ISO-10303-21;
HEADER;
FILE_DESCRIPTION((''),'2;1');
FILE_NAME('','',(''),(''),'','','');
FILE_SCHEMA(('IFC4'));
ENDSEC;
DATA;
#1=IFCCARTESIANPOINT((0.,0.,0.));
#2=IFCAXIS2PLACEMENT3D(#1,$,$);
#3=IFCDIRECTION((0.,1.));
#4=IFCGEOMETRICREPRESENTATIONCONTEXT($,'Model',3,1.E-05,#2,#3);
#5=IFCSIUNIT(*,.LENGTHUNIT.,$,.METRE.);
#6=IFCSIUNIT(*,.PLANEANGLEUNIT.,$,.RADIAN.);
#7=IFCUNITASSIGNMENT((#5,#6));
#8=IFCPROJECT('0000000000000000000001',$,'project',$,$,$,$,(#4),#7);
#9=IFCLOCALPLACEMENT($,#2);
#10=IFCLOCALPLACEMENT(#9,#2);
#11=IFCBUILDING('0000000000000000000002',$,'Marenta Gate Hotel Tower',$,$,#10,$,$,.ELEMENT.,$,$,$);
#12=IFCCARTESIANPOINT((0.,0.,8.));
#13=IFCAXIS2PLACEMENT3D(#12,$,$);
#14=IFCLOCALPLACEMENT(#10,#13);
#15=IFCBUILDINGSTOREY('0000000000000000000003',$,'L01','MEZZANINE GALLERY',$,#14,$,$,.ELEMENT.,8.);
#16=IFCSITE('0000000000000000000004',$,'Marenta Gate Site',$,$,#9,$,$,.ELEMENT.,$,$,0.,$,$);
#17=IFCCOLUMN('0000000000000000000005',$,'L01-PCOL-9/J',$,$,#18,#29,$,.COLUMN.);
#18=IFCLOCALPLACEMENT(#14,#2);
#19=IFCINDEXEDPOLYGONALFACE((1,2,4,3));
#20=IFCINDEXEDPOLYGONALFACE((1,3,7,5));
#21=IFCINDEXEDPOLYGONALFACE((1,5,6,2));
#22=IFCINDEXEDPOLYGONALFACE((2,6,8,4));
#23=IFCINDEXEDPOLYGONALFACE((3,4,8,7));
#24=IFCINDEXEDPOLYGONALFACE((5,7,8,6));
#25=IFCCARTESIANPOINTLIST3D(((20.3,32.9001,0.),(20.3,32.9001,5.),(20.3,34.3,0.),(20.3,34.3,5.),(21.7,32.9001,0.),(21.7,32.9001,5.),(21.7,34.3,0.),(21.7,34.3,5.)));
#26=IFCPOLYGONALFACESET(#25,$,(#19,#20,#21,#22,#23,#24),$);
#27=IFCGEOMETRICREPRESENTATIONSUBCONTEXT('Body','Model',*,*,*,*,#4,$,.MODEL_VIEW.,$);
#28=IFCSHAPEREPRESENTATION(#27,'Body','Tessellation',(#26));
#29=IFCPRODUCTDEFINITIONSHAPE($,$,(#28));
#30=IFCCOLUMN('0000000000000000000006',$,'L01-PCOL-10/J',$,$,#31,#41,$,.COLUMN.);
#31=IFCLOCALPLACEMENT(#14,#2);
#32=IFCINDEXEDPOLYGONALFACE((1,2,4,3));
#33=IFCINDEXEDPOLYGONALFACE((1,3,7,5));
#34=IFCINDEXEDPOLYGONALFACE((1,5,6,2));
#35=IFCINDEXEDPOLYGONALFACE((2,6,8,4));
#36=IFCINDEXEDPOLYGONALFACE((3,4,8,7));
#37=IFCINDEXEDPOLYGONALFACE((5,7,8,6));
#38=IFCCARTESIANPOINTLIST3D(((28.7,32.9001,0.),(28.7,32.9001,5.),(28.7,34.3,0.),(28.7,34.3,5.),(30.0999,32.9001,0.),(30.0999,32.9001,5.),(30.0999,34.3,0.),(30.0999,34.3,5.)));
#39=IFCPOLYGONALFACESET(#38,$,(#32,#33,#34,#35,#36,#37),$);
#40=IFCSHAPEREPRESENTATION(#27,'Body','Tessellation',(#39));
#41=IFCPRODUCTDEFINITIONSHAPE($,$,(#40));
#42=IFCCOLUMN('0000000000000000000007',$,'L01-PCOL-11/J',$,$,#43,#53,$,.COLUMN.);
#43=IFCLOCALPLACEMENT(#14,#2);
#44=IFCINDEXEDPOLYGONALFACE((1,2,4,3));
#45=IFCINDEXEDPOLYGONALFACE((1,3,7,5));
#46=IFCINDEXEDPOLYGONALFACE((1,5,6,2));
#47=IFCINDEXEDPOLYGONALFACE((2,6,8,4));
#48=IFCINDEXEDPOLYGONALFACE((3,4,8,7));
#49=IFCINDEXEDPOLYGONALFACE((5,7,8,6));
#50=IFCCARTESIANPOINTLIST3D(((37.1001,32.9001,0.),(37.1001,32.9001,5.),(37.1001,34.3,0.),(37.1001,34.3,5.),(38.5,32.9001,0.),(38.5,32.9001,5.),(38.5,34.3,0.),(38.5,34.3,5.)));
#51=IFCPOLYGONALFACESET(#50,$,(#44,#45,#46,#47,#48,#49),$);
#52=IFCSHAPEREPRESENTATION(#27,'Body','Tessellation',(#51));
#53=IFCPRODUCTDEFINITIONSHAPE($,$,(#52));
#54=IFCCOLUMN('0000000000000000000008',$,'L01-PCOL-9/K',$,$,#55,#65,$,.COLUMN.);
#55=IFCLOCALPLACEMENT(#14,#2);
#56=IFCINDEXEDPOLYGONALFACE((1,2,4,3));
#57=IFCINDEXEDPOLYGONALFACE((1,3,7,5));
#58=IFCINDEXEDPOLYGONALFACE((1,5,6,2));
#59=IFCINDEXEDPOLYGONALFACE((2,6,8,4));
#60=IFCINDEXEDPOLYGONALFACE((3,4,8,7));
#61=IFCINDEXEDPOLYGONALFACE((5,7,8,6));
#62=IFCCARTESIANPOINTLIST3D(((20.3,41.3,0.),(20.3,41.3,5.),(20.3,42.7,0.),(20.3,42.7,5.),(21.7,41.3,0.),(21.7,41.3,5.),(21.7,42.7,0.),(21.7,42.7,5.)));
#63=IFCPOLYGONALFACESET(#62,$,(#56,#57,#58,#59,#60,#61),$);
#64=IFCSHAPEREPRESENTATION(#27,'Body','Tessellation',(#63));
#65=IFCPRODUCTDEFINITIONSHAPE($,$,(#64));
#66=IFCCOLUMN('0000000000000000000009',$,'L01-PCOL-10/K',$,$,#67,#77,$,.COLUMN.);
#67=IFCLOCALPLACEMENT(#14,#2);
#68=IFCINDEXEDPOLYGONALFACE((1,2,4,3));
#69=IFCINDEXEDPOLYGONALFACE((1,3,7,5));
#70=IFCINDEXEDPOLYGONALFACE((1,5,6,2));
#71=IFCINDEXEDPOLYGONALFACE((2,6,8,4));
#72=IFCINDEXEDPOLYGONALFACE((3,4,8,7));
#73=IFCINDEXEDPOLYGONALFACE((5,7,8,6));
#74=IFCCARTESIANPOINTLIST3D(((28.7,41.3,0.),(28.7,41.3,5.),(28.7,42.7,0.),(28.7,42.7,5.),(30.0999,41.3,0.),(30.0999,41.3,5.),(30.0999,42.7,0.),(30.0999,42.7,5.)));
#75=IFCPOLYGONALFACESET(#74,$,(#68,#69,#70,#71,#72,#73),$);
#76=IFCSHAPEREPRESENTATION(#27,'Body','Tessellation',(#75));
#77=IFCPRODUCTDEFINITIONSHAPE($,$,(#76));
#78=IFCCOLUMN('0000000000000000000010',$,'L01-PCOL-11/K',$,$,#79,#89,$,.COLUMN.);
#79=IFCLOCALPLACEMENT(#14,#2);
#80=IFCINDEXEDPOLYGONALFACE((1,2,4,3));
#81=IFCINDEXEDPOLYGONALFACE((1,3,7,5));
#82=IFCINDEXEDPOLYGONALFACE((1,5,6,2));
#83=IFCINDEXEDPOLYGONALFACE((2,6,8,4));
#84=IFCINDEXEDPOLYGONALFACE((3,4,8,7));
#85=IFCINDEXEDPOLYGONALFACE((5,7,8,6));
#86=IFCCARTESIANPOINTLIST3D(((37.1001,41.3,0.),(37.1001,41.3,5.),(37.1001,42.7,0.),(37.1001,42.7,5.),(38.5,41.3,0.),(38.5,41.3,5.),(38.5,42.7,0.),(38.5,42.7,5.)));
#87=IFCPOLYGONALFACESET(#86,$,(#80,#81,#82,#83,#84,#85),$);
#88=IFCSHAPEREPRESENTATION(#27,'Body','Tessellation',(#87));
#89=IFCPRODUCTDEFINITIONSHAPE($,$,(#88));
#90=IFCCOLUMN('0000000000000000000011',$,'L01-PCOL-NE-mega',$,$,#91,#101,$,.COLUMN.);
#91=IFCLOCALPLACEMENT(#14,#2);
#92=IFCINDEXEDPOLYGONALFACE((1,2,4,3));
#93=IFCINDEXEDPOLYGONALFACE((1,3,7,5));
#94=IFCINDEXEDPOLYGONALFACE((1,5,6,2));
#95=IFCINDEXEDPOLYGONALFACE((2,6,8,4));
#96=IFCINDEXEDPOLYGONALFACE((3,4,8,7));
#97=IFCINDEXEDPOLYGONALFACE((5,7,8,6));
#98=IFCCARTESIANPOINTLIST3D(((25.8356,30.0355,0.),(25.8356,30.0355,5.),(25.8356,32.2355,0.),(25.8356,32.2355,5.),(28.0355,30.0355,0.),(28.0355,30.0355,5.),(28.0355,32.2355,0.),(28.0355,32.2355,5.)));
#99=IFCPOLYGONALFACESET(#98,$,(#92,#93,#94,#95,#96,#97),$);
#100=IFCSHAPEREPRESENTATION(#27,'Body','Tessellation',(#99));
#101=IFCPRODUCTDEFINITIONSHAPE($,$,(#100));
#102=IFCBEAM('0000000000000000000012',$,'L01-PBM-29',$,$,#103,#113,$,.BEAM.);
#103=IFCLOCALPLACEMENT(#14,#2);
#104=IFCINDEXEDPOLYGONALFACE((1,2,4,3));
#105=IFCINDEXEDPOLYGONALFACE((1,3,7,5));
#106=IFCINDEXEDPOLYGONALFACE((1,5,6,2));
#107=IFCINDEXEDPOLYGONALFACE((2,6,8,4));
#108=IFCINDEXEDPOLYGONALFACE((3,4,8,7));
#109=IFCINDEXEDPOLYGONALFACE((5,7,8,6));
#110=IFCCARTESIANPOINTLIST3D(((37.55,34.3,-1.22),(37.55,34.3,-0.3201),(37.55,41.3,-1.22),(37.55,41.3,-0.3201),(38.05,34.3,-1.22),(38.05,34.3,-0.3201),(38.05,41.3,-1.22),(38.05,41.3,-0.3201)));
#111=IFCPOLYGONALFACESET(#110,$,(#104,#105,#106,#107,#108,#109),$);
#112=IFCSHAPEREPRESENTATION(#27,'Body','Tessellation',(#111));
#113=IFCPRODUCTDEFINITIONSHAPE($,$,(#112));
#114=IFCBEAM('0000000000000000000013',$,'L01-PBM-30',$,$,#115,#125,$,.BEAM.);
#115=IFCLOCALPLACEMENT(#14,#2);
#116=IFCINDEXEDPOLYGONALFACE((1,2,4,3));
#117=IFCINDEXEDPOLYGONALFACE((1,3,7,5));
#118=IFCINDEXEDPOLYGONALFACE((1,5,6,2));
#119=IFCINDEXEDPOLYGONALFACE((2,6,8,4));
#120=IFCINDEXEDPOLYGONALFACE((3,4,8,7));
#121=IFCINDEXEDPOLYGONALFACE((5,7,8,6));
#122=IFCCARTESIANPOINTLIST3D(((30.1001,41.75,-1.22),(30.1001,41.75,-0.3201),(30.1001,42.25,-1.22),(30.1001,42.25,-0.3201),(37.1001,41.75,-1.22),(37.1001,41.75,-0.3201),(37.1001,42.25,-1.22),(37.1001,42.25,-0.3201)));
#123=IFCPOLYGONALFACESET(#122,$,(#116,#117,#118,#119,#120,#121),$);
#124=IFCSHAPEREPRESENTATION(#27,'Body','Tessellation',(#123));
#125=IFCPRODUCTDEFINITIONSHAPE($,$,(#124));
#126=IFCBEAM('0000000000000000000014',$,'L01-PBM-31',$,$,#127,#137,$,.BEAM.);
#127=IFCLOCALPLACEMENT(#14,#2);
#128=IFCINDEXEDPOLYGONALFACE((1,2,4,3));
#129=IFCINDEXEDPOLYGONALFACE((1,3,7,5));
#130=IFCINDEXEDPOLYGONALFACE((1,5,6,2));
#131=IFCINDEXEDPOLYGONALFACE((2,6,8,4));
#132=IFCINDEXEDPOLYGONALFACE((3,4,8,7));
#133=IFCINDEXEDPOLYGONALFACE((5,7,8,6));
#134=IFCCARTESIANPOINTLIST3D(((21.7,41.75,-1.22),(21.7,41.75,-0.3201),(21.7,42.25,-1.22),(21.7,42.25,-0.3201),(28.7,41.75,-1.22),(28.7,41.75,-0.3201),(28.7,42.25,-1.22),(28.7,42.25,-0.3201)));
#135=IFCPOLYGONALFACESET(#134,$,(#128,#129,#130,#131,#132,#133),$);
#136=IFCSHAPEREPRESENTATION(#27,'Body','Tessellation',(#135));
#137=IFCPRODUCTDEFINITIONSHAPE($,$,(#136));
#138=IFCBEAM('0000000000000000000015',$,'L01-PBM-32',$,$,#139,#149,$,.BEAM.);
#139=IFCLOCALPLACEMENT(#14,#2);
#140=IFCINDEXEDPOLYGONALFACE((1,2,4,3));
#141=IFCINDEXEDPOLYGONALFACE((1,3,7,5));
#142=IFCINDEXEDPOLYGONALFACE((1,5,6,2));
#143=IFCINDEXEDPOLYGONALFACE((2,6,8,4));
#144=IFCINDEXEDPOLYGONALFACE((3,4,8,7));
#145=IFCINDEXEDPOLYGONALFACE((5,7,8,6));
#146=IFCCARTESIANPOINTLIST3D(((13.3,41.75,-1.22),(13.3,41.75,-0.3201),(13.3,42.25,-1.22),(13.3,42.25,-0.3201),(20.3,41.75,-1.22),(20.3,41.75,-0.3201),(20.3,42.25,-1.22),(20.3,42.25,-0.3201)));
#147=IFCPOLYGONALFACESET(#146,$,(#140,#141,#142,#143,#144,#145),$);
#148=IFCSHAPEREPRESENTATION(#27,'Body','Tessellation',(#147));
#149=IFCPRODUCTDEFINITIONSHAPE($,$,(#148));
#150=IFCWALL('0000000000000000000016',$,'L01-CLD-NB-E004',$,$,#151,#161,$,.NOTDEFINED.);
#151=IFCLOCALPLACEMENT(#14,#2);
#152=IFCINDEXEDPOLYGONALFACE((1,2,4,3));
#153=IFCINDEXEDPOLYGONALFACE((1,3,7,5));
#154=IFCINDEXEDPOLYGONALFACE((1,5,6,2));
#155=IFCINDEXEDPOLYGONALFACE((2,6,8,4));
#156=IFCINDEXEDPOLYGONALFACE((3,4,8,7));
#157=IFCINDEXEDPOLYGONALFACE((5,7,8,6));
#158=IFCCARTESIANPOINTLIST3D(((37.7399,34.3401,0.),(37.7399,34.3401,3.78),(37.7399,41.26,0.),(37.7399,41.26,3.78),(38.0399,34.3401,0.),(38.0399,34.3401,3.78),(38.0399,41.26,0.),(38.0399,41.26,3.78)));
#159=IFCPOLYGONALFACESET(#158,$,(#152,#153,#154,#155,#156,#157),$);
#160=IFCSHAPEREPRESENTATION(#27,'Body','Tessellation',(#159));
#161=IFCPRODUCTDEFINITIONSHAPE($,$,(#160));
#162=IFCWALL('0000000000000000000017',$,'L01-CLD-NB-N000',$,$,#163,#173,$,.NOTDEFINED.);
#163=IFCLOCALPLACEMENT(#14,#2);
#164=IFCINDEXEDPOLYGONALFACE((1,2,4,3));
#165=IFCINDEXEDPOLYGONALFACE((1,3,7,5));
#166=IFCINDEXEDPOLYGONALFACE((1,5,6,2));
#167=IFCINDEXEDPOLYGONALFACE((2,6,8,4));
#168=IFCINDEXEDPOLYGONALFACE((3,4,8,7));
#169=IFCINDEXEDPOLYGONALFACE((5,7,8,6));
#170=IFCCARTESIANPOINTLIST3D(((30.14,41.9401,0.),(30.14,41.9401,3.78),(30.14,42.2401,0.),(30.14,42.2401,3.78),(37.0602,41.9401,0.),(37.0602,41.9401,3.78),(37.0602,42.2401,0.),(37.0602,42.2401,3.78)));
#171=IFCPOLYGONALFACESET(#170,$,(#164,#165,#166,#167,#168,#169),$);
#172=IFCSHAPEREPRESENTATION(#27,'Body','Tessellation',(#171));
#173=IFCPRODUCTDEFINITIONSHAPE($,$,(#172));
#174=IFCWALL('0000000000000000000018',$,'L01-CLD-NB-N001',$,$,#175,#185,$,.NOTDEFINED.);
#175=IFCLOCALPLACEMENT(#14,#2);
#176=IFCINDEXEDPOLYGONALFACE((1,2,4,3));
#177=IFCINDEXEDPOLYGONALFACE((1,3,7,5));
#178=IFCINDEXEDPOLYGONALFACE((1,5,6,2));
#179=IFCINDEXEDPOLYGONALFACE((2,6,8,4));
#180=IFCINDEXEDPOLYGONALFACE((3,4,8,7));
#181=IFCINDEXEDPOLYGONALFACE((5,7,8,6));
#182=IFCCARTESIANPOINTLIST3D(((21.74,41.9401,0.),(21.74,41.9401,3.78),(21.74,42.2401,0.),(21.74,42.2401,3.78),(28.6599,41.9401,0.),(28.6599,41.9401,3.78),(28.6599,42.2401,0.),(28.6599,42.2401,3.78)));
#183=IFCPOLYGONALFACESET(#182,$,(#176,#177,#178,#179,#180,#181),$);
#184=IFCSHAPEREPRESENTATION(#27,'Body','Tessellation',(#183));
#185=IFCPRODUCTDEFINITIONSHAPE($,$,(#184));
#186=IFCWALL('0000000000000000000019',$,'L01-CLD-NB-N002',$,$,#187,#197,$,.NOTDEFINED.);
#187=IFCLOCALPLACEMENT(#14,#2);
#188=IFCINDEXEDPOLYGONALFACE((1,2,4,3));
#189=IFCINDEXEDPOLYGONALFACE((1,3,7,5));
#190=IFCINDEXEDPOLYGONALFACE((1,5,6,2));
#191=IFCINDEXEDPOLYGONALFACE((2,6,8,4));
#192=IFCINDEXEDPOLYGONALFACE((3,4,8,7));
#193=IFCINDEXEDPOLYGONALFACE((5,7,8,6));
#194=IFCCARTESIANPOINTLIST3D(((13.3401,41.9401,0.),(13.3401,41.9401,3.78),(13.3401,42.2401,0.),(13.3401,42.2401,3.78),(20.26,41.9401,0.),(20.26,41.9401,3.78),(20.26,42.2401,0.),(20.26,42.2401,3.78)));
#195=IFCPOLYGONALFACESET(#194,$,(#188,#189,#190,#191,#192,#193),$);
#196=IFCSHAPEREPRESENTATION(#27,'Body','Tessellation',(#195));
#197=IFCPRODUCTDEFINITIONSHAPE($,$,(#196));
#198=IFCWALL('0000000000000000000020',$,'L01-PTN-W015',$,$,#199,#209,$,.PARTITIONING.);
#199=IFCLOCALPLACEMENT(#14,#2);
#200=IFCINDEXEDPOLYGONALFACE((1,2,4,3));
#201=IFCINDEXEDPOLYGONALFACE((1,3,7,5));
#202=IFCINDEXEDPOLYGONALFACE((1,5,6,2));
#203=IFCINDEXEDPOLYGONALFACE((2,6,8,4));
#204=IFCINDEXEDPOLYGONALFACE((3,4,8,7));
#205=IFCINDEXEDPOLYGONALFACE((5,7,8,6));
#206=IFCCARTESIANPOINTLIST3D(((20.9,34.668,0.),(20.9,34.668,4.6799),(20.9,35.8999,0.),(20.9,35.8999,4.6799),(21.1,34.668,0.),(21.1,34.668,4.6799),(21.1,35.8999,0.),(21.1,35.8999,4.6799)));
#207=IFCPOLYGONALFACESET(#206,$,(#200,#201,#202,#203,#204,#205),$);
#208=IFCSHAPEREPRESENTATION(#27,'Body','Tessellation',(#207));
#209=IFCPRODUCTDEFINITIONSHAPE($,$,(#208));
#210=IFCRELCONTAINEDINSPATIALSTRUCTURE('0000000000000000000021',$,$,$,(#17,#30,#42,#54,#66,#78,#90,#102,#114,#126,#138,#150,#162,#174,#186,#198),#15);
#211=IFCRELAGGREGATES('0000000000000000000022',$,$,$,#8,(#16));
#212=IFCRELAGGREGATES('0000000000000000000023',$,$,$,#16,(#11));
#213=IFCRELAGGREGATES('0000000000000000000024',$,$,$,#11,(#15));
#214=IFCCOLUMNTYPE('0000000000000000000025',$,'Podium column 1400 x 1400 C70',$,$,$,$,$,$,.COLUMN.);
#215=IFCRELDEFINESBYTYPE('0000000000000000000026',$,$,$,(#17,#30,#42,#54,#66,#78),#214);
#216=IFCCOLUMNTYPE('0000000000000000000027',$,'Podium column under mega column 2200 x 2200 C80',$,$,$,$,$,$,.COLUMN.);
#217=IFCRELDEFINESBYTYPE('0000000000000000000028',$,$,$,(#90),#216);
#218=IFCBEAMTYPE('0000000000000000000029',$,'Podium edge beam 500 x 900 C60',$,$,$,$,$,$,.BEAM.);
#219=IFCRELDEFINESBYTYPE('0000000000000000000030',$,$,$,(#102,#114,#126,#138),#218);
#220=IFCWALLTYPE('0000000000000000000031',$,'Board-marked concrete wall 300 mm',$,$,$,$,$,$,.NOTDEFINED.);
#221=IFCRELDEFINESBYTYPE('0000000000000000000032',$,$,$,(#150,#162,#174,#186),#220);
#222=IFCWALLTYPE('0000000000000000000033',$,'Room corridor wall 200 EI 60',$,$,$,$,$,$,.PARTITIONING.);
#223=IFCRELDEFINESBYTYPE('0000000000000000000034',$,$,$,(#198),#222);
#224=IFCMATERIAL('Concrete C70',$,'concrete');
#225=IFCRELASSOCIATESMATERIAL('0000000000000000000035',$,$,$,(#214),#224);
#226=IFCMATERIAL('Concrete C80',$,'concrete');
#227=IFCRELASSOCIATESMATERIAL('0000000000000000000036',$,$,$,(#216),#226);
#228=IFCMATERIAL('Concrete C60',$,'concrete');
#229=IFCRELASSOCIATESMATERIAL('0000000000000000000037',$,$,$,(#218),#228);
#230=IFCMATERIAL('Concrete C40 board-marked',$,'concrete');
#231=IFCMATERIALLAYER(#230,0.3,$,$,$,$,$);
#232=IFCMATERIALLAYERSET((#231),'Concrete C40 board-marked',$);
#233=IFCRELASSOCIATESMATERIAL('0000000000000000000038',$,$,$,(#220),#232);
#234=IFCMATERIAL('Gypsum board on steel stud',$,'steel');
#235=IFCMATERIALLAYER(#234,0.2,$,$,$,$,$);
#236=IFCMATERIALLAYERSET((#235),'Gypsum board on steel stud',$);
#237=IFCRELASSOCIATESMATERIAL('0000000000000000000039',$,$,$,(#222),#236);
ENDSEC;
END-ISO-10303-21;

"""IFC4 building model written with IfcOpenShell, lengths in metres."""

from ifc_helpers import new_model, si_unit, direction, frame, frame_2d, origin, origin_2d, place, context, subcontext, project, spatial, rectangle, extrude, material, layer, layer_set, material_profile, profile_set, type_object, element, save


model = new_model("IFC4")

# Units and contexts
model_context = context("Model", 3, precision=1e-05, world=origin(), true_north=direction((0.0, 1.0)))
body_context = subcontext(model_context, "Body", "Model", "MODEL_VIEW")
ifc_project = project(units=[si_unit("LENGTHUNIT", "METRE"), si_unit("PLANEANGLEUNIT", "RADIAN")], contexts=[model_context])

# Site, building, storey
site_placement = place(None, origin())
site = spatial("IfcSite", under=ifc_project, at=site_placement, Name="Marenta Gate Site", CompositionType="ELEMENT", RefElevation=0.0)
building_placement = place(site_placement, origin())
building = spatial("IfcBuilding", under=site, at=building_placement, Name="Marenta Gate Hotel Tower", CompositionType="ELEMENT")
storey_placement = place(building_placement, frame((0.0, 0.0, 8.0)))
storey = spatial("IfcBuildingStorey", under=building, at=storey_placement, Name="L01", Description="MEZZANINE GALLERY", CompositionType="ELEMENT", Elevation=8.0)

# Columns
ifc_material_1 = material(Name="Concrete C70", Category="concrete")
ifc_material_profile_1 = material_profile(ifc_material_1, rectangle(XDim=1.3999, YDim=1.3999, at=origin_2d()), Name="1400 x 1400")
ifc_profile_set_1 = profile_set([ifc_material_profile_1], Name="Concrete C70")
column_type_1 = type_object("IfcColumnType", Name="Podium column 1400 x 1400 C70", PredefinedType="COLUMN", material=ifc_profile_set_1)
for number, where, z_axis, x_axis, name in (
    (1, (21.0, 33.6001, 0.0), (0.0, 0.0, 1.0), (1.0, 0.0, 0.0), "L01-PCOL-9/J"),
    (2, (29.3999, 33.6001, 0.0), (0.0, 0.0, 1.0), (1.0, 0.0, 0.0), "L01-PCOL-10/J"),
    (3, (37.8, 33.6001, 0.0), (0.0, 0.0, 1.0), (1.0, 0.0, 0.0), "L01-PCOL-11/J"),
    (4, (21.0, 42.0, 0.0), (0.0, 0.0, 1.0), (1.0, 0.0, 0.0), "L01-PCOL-9/K"),
    (5, (29.3999, 42.0, 0.0), (0.0, 0.0, 1.0), (1.0, 0.0, 0.0), "L01-PCOL-10/K"),
    (6, (37.8, 42.0, 0.0), (0.0, 0.0, 1.0), (1.0, 0.0, 0.0), "L01-PCOL-11/K"),
):
    element("IfcColumn", number, at=place(storey_placement, frame(where, z_axis=z_axis, x_axis=x_axis)), inside=storey, type_object=column_type_1, Name=name, PredefinedType="COLUMN", context=body_context, shape_type="SweptSolid", body=[
        extrude(rectangle(XDim=1.3999, YDim=1.3999, at=origin_2d()), origin(), (0.0, 0.0, 1.0), 5.0),
    ])
ifc_material_2 = material(Name="Concrete C80", Category="concrete")
ifc_material_profile_2 = material_profile(ifc_material_2, rectangle(XDim=2.2, YDim=2.2, at=origin_2d()), Name="2200 x 2200")
ifc_profile_set_2 = profile_set([ifc_material_profile_2], Name="Concrete C80")
column_type_2 = type_object("IfcColumnType", Name="Podium column under mega column 2200 x 2200 C80", PredefinedType="COLUMN", material=ifc_profile_set_2)
column_placement = place(storey_placement, frame((26.9355, 31.1355, 0.0), z_axis=(0.0, 0.0, 1.0), x_axis=(1.0, 0.0, 0.0)))
element("IfcColumn", 7, at=column_placement, inside=storey, type_object=column_type_2, Name="L01-PCOL-NE-mega", PredefinedType="COLUMN", context=body_context, shape_type="SweptSolid", body=[
    extrude(rectangle(XDim=2.2, YDim=2.2, at=origin_2d()), origin(), (0.0, 0.0, 1.0), 5.0),
])

# Beams
ifc_material_3 = material(Name="Concrete C60", Category="concrete")
ifc_material_profile_3 = material_profile(ifc_material_3, rectangle(XDim=0.5, YDim=0.8999, at=origin_2d()), Name="500 x 900")
ifc_profile_set_3 = profile_set([ifc_material_profile_3], Name="Concrete C60")
beam_type = type_object("IfcBeamType", Name="Podium edge beam 500 x 900 C60", PredefinedType="BEAM", material=ifc_profile_set_3)
for number, where, z_axis, x_axis, name in (
    (8, (37.8, 34.3, -0.77), (0.0, 1.0, 0.0), (-1.0, 0.0, 0.0), "L01-PBM-29"),
    (9, (37.1001, 42.0, -0.77), (-1.0, 0.0, 0.0), (0.0, -1.0, 0.0), "L01-PBM-30"),
    (10, (28.7, 42.0, -0.77), (-1.0, 0.0, 0.0), (0.0, -1.0, 0.0), "L01-PBM-31"),
    (11, (20.3, 42.0, -0.77), (-1.0, 0.0, 0.0), (0.0, -1.0, 0.0), "L01-PBM-32"),
):
    element("IfcBeam", number, at=place(storey_placement, frame(where, z_axis=z_axis, x_axis=x_axis)), inside=storey, type_object=beam_type, Name=name, PredefinedType="BEAM", context=body_context, shape_type="SweptSolid", body=[
        extrude(rectangle(XDim=0.5, YDim=0.8999, at=origin_2d()), origin(), (0.0, 0.0, 1.0), 7.0),
    ])

# Walls
ifc_material_4 = material(Name="Concrete C40 board-marked", Category="concrete")
ifc_layer_1 = layer(ifc_material_4, 0.3)
ifc_layer_set_1 = layer_set([ifc_layer_1], Name="Concrete C40 board-marked")
wall_type_1 = type_object("IfcWallType", Name="Board-marked concrete wall 300 mm", PredefinedType="NOTDEFINED", material=ifc_layer_set_1)
wall_1_placement = place(storey_placement, frame((37.8899, 34.3401, 0.0), z_axis=(0.0, 0.0, 1.0), x_axis=(0.0, 1.0, 0.0)))
element("IfcWall", 12, at=wall_1_placement, inside=storey, type_object=wall_type_1, Name="L01-CLD-NB-E004", PredefinedType="NOTDEFINED", context=body_context, shape_type="SweptSolid", body=[
    extrude(rectangle(XDim=6.9199, YDim=0.3, at=frame_2d((3.46, 0.0))), origin(), (0.0, 0.0, 1.0), 3.78),
])
wall_2_placement = place(storey_placement, frame((37.0601, 42.0901, 0.0), z_axis=(0.0, 0.0, 1.0), x_axis=(-1.0, 0.0, 0.0)))
element("IfcWall", 13, at=wall_2_placement, inside=storey, type_object=wall_type_1, Name="L01-CLD-NB-N000", PredefinedType="NOTDEFINED", context=body_context, shape_type="SweptSolid", body=[
    extrude(rectangle(XDim=6.9202, YDim=0.3, at=frame_2d((3.46, 0.0))), origin(), (0.0, 0.0, 1.0), 3.78),
])
for number, where, z_axis, x_axis, name in (
    (14, (28.6599, 42.0901, 0.0), (0.0, 0.0, 1.0), (-1.0, 0.0, 0.0), "L01-CLD-NB-N001"),
    (15, (20.26, 42.0901, 0.0), (0.0, 0.0, 1.0), (-1.0, 0.0, 0.0), "L01-CLD-NB-N002"),
):
    element("IfcWall", number, at=place(storey_placement, frame(where, z_axis=z_axis, x_axis=x_axis)), inside=storey, type_object=wall_type_1, Name=name, PredefinedType="NOTDEFINED", context=body_context, shape_type="SweptSolid", body=[
        extrude(rectangle(XDim=6.9199, YDim=0.3, at=frame_2d((3.46, 0.0))), origin(), (0.0, 0.0, 1.0), 3.78),
    ])
ifc_material_5 = material(Name="Gypsum board on steel stud", Category="steel")
ifc_layer_2 = layer(ifc_material_5, 0.2)
ifc_layer_set_2 = layer_set([ifc_layer_2], Name="Gypsum board on steel stud")
wall_type_2 = type_object("IfcWallType", Name="Room corridor wall 200 EI 60", PredefinedType="PARTITIONING", material=ifc_layer_set_2)
wall_3_placement = place(storey_placement, frame((21.0, 34.668, 0.0), z_axis=(0.0, 0.0, 1.0), x_axis=(0.0, 1.0, 0.0)))
element("IfcWall", 16, at=wall_3_placement, inside=storey, type_object=wall_type_2, Name="L01-PTN-W015", PredefinedType="PARTITIONING", context=body_context, shape_type="SweptSolid", body=[
    extrude(rectangle(XDim=1.2319, YDim=0.2, at=frame_2d((0.616, 0.0))), origin(), (0.0, 0.0, 1.0), 4.6799),
])

save(model, "model.ifc")
